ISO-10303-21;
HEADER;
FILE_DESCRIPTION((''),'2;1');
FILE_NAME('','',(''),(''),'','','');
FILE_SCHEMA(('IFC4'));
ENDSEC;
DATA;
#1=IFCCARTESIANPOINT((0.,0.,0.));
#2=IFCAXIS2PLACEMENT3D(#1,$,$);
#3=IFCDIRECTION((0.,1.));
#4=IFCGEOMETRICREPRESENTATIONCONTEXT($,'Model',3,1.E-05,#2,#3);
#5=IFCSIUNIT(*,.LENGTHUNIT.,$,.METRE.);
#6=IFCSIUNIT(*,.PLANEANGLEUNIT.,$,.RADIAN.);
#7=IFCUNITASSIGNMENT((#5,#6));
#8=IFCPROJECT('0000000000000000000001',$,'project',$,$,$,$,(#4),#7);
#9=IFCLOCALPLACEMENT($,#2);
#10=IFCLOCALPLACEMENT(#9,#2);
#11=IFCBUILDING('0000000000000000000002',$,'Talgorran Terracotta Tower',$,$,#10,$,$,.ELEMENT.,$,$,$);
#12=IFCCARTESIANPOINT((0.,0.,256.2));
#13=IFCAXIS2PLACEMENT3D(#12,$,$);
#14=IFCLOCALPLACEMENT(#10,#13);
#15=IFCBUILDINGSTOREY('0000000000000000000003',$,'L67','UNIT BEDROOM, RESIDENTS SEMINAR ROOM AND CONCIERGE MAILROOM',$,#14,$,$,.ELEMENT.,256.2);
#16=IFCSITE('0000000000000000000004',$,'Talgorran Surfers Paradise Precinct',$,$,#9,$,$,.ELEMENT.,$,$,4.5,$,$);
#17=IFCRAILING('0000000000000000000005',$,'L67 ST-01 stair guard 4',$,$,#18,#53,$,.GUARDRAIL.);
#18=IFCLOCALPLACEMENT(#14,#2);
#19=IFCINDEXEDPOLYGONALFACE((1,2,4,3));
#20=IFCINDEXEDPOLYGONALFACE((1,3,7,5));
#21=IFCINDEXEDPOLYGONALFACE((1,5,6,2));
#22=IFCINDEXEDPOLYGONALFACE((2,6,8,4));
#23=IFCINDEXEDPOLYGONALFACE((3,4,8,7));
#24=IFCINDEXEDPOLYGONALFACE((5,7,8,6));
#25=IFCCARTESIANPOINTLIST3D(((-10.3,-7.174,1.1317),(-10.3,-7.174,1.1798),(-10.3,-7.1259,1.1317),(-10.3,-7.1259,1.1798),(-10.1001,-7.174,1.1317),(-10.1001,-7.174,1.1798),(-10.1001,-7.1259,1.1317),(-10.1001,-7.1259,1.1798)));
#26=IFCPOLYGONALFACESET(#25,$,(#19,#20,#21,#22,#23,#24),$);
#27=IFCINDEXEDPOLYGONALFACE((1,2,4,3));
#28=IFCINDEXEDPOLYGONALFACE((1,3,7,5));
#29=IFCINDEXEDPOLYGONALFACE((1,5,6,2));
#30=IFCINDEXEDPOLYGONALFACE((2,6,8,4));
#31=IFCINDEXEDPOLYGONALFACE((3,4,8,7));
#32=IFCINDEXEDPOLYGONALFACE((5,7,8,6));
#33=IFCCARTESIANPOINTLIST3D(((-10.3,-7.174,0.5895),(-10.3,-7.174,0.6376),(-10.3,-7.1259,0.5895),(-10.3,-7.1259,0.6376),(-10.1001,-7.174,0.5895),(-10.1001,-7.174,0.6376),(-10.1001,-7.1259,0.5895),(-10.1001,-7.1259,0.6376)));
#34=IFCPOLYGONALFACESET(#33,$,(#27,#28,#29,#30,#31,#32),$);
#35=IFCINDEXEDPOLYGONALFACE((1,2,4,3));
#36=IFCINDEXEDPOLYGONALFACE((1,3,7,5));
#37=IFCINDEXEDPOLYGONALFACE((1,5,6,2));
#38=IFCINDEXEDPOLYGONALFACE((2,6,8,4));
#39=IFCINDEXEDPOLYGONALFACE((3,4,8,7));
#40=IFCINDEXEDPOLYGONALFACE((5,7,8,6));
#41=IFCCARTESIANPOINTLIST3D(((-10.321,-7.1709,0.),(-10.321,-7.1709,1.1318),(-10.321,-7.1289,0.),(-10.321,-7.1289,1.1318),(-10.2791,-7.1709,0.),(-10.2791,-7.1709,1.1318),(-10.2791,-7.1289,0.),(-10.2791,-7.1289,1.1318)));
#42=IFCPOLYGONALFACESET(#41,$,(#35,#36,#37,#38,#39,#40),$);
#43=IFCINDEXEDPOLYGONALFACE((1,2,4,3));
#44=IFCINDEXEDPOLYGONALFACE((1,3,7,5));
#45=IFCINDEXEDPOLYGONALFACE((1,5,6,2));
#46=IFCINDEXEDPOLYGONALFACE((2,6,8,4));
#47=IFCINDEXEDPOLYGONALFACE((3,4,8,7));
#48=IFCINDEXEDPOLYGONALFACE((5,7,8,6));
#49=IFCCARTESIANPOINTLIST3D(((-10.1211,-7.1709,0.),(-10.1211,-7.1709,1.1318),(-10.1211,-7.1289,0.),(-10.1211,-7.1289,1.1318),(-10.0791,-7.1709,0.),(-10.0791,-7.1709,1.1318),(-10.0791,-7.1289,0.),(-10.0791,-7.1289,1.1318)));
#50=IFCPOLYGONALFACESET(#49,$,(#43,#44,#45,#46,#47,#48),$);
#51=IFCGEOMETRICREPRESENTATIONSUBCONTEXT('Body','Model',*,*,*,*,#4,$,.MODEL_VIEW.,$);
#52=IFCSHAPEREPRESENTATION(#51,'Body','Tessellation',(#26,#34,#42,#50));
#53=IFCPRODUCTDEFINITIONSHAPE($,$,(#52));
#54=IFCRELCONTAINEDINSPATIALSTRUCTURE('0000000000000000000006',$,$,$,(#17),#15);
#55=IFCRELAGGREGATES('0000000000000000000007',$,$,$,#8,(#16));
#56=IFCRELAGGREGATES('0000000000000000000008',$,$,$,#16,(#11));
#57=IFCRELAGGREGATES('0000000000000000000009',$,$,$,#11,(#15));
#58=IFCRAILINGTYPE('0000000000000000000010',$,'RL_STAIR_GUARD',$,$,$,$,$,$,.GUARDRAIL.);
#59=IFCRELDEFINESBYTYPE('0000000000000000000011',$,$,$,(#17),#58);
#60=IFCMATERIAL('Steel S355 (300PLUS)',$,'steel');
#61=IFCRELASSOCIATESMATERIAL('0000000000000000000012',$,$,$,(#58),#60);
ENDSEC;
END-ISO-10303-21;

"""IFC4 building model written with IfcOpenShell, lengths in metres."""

from ifc_helpers import new_model, si_unit, direction, frame, origin, origin_2d, place, context, subcontext, project, spatial, rectangle, extrude, material, type_object, element, save


model = new_model("IFC4")

# Units and contexts
model_context = context("Model", 3, precision=1e-05, world=origin(), true_north=direction((0.0, 1.0)))
body_context = subcontext(model_context, "Body", "Model", "MODEL_VIEW")
ifc_project = project(units=[si_unit("LENGTHUNIT", "METRE"), si_unit("PLANEANGLEUNIT", "RADIAN")], contexts=[model_context])

# Site, building, storey
site_placement = place(None, origin())
site = spatial("IfcSite", under=ifc_project, at=site_placement, Name="Talgorran Surfers Paradise Precinct", CompositionType="ELEMENT", RefElevation=4.5)
building_placement = place(site_placement, origin())
building = spatial("IfcBuilding", under=site, at=building_placement, Name="Talgorran Terracotta Tower", CompositionType="ELEMENT")
storey_placement = place(building_placement, frame((0.0, 0.0, 256.2)))
storey = spatial("IfcBuildingStorey", under=building, at=storey_placement, Name="L67", Description="UNIT BEDROOM, RESIDENTS SEMINAR ROOM AND CONCIERGE MAILROOM", CompositionType="ELEMENT", Elevation=256.2)

# Shared definitions
ifc_material_1 = material(Name="Steel S355 (300PLUS)", Category="steel")

# Railing
railing_type_1 = type_object("IfcRailingType", Name="RL_STAIR_GUARD", PredefinedType="GUARDRAIL", material=ifc_material_1)
railing_1_placement = place(storey_placement, frame((-10.3, -7.1499, 0.0)))
element("IfcRailing", 1, at=railing_1_placement, inside=storey, type_object=railing_type_1, Name="L67 ST-01 stair guard 4", PredefinedType="GUARDRAIL", context=body_context, shape_type="SweptSolid", body=[
    extrude(rectangle(XDim=0.0481, YDim=0.0481, at=origin_2d()), frame((0.0, 0.0, 1.1558), z_axis=(1.0, 0.0, 0.0), x_axis=(0.0, 1.0, 0.0)), (0.0, 0.0, 1.0), 0.2),
    extrude(rectangle(XDim=0.0481, YDim=0.0481, at=origin_2d()), frame((0.0, 0.0, 0.6135), z_axis=(1.0, 0.0, 0.0), x_axis=(0.0, 1.0, 0.0)), (0.0, 0.0, 1.0), 0.2),
    extrude(rectangle(XDim=0.042, YDim=0.042, at=origin_2d()), origin(), (0.0, 0.0, 1.0), 1.1318),
    extrude(rectangle(XDim=0.042, YDim=0.042, at=origin_2d()), frame((0.2, 0.0, 0.0)), (0.0, 0.0, 1.0), 1.1318),
])

save(model, "model.ifc")
